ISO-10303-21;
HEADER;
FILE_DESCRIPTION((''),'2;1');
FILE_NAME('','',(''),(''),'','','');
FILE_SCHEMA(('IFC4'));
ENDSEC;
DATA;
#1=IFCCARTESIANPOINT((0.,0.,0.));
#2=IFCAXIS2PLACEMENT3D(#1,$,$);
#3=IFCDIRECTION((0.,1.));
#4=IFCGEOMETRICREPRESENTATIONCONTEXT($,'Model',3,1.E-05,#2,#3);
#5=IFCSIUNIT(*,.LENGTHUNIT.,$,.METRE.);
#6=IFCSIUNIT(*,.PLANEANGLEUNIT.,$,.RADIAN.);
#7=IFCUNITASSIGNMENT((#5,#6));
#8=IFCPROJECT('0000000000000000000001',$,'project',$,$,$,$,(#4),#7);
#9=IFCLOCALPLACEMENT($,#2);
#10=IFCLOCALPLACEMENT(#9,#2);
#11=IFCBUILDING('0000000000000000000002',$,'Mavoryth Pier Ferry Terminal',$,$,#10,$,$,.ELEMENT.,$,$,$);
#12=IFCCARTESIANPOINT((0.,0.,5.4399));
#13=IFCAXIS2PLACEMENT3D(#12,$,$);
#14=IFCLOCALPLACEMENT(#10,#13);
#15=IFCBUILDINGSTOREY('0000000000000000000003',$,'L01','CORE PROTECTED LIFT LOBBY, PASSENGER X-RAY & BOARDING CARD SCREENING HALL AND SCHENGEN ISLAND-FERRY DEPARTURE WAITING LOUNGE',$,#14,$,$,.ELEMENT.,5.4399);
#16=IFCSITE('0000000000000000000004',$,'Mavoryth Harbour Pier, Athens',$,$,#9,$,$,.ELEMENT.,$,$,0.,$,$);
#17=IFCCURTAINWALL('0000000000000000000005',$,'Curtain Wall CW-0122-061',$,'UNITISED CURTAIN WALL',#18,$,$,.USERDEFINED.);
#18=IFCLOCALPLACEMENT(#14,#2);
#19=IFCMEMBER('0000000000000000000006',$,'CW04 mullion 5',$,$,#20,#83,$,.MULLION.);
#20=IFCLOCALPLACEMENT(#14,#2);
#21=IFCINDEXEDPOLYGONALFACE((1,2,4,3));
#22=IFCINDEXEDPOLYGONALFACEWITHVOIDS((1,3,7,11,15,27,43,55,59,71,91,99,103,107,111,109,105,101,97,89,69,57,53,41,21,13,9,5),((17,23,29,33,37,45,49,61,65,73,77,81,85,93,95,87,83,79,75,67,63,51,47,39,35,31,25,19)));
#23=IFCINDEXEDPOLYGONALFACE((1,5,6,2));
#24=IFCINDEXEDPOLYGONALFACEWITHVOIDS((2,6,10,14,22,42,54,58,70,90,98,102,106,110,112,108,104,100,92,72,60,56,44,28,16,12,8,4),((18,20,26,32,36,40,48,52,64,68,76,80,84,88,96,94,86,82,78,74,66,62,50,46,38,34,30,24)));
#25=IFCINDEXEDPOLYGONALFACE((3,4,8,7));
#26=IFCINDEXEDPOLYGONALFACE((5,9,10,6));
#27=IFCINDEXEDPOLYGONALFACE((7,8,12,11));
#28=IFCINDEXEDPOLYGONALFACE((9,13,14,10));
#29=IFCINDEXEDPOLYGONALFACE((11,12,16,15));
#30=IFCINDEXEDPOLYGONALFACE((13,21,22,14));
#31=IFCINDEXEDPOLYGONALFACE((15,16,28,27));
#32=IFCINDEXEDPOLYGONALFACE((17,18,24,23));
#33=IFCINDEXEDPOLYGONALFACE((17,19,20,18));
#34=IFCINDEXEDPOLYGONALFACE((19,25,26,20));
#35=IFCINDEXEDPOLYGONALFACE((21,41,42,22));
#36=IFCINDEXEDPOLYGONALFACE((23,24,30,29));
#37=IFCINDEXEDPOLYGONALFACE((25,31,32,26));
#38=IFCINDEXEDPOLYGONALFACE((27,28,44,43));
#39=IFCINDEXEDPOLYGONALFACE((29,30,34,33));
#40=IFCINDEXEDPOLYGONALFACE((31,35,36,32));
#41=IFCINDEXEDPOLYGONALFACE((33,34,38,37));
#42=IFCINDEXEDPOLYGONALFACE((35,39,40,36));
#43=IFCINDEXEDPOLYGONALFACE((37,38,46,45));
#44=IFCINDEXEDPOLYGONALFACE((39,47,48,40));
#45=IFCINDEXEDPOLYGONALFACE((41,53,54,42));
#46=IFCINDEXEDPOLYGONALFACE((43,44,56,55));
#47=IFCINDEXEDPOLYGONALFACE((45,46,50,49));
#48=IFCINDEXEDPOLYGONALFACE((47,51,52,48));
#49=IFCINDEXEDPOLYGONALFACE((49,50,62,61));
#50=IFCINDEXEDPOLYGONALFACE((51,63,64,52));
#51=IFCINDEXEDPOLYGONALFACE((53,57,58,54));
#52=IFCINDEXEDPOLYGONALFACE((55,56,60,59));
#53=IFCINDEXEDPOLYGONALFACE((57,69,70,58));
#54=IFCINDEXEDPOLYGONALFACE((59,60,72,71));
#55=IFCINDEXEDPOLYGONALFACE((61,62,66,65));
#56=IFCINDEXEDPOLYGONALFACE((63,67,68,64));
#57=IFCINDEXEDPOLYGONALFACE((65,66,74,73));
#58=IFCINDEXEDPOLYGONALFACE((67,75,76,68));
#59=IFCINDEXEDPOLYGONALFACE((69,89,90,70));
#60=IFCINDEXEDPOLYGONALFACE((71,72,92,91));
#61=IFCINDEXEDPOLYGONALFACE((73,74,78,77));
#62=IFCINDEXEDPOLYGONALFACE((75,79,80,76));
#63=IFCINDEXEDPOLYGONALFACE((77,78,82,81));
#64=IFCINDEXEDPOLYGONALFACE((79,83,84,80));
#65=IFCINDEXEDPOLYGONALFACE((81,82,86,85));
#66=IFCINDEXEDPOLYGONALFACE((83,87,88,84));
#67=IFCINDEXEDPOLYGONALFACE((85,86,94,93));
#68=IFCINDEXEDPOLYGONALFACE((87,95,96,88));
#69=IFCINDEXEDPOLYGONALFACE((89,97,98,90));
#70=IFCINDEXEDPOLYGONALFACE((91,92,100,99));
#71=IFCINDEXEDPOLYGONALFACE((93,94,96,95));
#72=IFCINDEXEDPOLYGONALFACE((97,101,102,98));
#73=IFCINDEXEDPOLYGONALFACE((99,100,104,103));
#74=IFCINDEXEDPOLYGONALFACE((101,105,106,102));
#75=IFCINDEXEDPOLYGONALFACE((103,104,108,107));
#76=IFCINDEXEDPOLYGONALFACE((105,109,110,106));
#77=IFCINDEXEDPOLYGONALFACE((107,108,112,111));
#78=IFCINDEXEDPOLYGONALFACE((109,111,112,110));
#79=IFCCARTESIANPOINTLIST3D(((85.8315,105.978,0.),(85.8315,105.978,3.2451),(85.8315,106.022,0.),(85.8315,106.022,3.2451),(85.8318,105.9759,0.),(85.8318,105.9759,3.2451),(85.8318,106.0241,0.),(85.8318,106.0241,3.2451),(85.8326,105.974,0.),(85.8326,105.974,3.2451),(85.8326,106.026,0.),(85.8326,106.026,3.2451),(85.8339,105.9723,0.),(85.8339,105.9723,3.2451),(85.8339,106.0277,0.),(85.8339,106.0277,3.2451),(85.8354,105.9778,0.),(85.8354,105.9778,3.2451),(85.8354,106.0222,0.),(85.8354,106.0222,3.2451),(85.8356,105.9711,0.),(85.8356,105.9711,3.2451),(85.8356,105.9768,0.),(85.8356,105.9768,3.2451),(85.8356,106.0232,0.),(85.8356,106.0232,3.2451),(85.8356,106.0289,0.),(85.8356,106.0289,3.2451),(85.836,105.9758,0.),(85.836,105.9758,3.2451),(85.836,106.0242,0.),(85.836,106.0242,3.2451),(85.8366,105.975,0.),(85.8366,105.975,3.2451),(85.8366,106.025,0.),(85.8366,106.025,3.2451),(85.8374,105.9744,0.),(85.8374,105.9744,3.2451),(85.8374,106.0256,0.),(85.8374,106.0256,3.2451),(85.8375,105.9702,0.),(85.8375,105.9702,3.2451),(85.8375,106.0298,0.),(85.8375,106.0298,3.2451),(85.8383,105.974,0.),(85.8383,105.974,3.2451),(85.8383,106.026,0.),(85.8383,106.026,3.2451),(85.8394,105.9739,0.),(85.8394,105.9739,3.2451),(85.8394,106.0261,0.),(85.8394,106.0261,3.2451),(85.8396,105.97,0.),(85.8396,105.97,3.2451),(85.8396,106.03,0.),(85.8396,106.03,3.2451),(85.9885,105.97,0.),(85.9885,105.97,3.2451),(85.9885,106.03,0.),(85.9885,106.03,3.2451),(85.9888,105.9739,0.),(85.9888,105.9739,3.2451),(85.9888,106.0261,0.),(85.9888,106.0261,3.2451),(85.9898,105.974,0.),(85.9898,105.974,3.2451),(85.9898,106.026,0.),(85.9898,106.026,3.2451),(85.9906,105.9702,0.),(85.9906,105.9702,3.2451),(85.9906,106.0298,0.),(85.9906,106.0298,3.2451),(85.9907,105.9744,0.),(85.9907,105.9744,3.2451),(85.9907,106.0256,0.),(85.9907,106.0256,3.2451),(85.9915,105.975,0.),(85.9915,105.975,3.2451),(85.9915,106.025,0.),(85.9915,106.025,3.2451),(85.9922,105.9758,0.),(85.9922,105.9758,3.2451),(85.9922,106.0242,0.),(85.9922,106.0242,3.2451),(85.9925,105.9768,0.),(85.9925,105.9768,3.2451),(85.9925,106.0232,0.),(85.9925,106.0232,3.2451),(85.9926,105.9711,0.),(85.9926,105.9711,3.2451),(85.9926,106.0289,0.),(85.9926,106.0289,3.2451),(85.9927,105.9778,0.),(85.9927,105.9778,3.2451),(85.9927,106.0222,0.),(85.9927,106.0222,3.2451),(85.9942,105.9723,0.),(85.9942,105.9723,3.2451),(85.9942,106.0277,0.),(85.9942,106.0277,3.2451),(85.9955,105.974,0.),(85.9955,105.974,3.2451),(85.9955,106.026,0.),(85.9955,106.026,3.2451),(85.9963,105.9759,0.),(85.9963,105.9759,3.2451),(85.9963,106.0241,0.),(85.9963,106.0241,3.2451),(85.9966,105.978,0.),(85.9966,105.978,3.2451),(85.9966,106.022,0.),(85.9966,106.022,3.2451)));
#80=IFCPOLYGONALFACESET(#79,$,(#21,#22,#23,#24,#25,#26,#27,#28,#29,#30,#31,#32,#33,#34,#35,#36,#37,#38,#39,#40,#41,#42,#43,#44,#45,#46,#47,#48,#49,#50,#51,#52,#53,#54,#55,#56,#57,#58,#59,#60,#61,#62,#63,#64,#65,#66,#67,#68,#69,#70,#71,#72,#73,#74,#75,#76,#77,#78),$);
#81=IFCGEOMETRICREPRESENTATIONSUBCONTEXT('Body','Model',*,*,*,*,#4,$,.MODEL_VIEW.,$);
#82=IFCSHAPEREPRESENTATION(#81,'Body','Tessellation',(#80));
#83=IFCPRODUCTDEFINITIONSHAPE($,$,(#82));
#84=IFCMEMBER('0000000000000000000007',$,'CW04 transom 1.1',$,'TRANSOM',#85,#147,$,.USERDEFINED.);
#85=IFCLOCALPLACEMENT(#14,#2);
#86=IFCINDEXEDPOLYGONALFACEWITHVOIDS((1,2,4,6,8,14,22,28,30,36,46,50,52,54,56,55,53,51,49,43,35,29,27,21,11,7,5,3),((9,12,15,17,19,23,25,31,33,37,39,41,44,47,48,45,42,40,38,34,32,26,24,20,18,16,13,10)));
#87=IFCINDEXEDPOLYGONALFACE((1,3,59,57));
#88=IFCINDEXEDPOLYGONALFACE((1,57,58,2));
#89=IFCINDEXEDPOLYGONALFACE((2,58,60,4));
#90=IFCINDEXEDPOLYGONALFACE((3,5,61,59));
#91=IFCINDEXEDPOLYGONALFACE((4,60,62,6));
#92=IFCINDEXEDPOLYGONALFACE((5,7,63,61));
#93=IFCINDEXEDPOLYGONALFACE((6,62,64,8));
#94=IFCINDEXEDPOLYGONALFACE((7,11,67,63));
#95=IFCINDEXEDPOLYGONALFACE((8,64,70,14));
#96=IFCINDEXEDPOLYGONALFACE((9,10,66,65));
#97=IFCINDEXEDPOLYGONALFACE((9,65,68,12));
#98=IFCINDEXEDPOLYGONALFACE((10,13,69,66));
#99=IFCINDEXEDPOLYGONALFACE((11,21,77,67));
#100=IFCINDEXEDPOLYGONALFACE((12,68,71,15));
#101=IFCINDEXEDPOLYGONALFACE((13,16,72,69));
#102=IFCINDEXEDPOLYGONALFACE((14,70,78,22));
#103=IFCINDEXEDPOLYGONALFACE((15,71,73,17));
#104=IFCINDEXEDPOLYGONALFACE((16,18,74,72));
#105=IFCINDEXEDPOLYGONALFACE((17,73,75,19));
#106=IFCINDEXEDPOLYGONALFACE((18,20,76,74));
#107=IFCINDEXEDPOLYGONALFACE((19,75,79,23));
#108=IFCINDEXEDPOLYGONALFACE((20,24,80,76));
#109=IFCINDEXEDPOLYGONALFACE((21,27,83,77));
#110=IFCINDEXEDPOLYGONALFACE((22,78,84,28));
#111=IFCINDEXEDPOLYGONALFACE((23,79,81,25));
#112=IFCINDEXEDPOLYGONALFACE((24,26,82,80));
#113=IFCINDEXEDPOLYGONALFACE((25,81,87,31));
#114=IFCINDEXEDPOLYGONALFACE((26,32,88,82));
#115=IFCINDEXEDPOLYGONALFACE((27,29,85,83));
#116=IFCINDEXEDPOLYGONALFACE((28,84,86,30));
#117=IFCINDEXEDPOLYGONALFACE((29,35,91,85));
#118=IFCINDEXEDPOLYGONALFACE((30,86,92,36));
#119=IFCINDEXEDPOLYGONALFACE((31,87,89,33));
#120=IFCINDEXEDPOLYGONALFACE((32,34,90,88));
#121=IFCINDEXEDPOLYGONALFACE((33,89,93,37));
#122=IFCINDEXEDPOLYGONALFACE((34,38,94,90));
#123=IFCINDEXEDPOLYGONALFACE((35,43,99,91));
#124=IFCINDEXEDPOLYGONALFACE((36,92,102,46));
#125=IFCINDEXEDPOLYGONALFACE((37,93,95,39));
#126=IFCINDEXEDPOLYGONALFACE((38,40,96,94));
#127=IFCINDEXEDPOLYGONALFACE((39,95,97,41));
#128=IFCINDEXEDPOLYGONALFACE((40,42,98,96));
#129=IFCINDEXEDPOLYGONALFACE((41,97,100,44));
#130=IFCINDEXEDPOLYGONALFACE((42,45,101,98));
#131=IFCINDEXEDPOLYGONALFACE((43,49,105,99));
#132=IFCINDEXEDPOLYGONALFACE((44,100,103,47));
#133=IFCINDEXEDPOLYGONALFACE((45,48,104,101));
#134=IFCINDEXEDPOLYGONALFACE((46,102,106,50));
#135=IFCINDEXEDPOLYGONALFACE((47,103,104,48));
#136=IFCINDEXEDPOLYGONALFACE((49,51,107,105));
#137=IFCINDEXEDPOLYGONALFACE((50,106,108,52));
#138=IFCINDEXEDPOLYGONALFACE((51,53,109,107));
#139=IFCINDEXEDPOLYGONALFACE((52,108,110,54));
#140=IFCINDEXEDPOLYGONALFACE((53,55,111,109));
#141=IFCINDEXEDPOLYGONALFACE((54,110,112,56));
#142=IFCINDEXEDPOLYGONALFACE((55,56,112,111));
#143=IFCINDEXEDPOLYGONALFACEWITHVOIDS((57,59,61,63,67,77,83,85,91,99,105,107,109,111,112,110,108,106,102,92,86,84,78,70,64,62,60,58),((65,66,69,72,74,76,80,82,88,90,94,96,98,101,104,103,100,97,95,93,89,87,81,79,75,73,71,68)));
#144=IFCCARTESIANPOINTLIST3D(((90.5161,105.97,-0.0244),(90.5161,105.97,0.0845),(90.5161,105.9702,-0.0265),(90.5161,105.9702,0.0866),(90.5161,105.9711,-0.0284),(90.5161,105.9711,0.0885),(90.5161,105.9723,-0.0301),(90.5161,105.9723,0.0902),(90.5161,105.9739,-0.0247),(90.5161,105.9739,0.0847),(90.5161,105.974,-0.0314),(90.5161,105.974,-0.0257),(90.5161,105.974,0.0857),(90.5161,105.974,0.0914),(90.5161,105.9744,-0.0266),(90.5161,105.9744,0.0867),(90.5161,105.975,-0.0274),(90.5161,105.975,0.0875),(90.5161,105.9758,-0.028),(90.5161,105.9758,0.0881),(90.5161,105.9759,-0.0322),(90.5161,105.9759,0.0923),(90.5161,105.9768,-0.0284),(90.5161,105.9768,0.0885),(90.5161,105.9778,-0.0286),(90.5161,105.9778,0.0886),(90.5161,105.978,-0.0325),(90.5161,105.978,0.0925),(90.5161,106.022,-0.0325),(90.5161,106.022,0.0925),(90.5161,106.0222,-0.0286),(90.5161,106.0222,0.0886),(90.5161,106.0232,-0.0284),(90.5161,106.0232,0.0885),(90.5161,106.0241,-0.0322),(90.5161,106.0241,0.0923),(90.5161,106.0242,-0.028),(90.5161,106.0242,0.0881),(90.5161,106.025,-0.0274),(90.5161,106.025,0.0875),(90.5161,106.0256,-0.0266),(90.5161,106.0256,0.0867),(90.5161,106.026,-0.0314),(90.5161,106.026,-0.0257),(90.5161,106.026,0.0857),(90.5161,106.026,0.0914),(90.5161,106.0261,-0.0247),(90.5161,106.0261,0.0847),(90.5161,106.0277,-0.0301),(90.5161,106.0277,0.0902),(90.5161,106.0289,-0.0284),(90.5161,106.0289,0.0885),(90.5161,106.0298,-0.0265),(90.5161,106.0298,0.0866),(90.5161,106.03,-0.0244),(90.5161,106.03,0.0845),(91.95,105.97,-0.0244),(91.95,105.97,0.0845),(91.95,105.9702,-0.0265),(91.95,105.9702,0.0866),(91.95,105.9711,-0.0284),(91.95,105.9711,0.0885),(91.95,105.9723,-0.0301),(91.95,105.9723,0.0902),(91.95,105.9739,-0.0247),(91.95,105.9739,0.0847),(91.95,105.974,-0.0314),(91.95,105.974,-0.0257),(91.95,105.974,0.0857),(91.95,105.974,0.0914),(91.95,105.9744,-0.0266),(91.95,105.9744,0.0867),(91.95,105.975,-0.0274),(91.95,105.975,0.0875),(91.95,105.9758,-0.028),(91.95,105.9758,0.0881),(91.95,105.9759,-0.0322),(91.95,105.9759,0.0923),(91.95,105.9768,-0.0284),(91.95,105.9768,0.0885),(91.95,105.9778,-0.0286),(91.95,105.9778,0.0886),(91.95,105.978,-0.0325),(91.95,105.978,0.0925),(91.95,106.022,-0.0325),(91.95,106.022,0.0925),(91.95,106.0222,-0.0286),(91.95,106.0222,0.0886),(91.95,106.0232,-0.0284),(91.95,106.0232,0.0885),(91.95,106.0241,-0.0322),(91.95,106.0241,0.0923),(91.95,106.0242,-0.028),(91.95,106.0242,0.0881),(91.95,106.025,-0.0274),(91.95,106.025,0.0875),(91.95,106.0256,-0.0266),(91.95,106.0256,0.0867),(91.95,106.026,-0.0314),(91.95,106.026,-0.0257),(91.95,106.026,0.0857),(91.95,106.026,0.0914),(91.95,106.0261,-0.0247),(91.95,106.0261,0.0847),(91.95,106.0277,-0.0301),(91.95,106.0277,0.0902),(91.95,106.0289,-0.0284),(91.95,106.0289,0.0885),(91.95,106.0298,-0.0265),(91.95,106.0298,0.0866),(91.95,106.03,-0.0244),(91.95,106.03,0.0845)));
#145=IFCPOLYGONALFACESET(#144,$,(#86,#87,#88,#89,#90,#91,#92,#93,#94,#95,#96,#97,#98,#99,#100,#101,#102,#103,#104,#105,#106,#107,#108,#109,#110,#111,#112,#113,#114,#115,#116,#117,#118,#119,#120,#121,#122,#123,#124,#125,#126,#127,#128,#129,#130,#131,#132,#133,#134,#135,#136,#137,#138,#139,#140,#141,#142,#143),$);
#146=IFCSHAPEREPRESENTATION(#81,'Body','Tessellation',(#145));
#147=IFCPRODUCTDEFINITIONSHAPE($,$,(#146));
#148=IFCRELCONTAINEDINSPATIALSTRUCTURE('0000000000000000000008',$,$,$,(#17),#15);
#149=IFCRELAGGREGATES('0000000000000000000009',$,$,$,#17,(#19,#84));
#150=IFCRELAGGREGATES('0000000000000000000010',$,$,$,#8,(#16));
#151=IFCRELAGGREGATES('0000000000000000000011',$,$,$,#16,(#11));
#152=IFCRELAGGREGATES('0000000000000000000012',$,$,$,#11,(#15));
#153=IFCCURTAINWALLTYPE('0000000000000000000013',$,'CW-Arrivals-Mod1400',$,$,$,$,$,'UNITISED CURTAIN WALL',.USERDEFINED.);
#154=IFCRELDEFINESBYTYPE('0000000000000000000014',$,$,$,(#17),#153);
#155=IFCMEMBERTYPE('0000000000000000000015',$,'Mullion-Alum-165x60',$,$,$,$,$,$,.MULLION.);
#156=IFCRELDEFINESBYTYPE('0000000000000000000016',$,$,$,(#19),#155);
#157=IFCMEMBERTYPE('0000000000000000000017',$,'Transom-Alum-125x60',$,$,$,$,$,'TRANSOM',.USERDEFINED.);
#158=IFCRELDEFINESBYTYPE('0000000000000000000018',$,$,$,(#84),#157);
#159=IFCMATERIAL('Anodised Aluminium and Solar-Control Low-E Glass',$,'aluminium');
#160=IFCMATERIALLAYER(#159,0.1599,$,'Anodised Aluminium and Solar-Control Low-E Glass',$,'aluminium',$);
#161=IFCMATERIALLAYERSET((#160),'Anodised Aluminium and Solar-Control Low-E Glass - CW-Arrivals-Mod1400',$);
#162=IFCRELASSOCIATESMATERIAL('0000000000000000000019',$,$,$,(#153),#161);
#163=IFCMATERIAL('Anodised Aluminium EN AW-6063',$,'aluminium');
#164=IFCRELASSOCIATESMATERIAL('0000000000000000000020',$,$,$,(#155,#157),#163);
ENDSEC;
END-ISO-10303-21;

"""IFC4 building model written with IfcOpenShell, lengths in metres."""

from ifc_helpers import new_model, si_unit, direction, frame, origin, origin_2d, place, context, subcontext, project, spatial, hollow_rectangle, extrude, material, layer, layer_set, material_profile, profile_set, type_object, element, aggregate, save


model = new_model("IFC4")

# Units and contexts
model_context = context("Model", 3, precision=1e-05, world=origin(), true_north=direction((0.0, 1.0)))
body_context = subcontext(model_context, "Body", "Model", "MODEL_VIEW")
ifc_project = project(units=[si_unit("LENGTHUNIT", "METRE"), si_unit("PLANEANGLEUNIT", "RADIAN")], contexts=[model_context])

# Site, building, storey
site_placement = place(None, origin())
site = spatial("IfcSite", under=ifc_project, at=site_placement, Name="Mavoryth Harbour Pier, Athens", CompositionType="ELEMENT", RefElevation=0.0)
building_placement = place(site_placement, origin())
building = spatial("IfcBuilding", under=site, at=building_placement, Name="Mavoryth Pier Ferry Terminal", CompositionType="ELEMENT")
storey_placement = place(building_placement, frame((0.0, 0.0, 5.4399)))
storey = spatial("IfcBuildingStorey", under=building, at=storey_placement, Name="L01", Description="CORE PROTECTED LIFT LOBBY, PASSENGER X-RAY & BOARDING CARD SCREENING HALL AND SCHENGEN ISLAND-FERRY DEPARTURE WAITING LOUNGE", CompositionType="ELEMENT", Elevation=5.4399)

# Curtain wall, members
ifc_material_1 = material(Name="Anodised Aluminium and Solar-Control Low-E Glass", Category="aluminium")
ifc_layer_1 = layer(ifc_material_1, 0.1599, Name="Anodised Aluminium and Solar-Control Low-E Glass", Category="aluminium")
ifc_layer_set_1 = layer_set([ifc_layer_1], Name="Anodised Aluminium and Solar-Control Low-E Glass - CW-Arrivals-Mod1400")
curtain_wall_type = type_object("IfcCurtainWallType", Name="CW-Arrivals-Mod1400", ElementType="UNITISED CURTAIN WALL", PredefinedType="USERDEFINED", material=ifc_layer_set_1)
curtain_wall_placement = place(storey_placement, origin())
curtain_wall = element("IfcCurtainWall", 1, at=curtain_wall_placement, inside=storey, type_object=curtain_wall_type, Name="Curtain Wall CW-0122-061", ObjectType="UNITISED CURTAIN WALL", PredefinedType="USERDEFINED")
ifc_material_2 = material(Name="Anodised Aluminium EN AW-6063", Category="aluminium")
ifc_material_profile_1 = material_profile(ifc_material_2, hollow_rectangle(XDim=0.0601, YDim=0.165, WallThickness=0.0039, InnerFilletRadius=0.0039, OuterFilletRadius=0.0081, at=origin_2d()), Name="AL-MULL 165x60x4", Category="aluminium")
ifc_profile_set_1 = profile_set([ifc_material_profile_1], Name="Anodised Aluminium EN AW-6063 - AL-MULL 165x60x4")
member_type_1 = type_object("IfcMemberType", Name="Mullion-Alum-165x60", PredefinedType="MULLION", material=ifc_profile_set_1)
member_1_placement = place(storey_placement, frame((85.9141, 106.0, 0.0), z_axis=(0.0, 0.0, 1.0), x_axis=(0.0, -1.0, 0.0)))
member_1 = element("IfcMember", 2, at=member_1_placement, type_object=member_type_1, Name="CW04 mullion 5", PredefinedType="MULLION", context=body_context, shape_type="SweptSolid", body=[
    extrude(hollow_rectangle(XDim=0.0601, YDim=0.165, WallThickness=0.0039, InnerFilletRadius=0.0039, OuterFilletRadius=0.0081, at=origin_2d()), origin(), (0.0, 0.0, 1.0), 3.2451),
])
ifc_material_profile_2 = material_profile(ifc_material_2, hollow_rectangle(XDim=0.0601, YDim=0.125, WallThickness=0.0039, InnerFilletRadius=0.0039, OuterFilletRadius=0.0081, at=origin_2d()), Name="AL-TRAN 125x60x4", Category="aluminium")
ifc_profile_set_2 = profile_set([ifc_material_profile_2], Name="Anodised Aluminium EN AW-6063 - AL-TRAN 125x60x4")
member_type_2 = type_object("IfcMemberType", Name="Transom-Alum-125x60", ElementType="TRANSOM", PredefinedType="USERDEFINED", material=ifc_profile_set_2)
member_2_placement = place(storey_placement, frame((91.95, 106.0, 0.03), z_axis=(-1.0, 0.0, 0.0), x_axis=(0.0, -1.0, 0.0)))
member_2 = element("IfcMember", 3, at=member_2_placement, type_object=member_type_2, Name="CW04 transom 1.1", ObjectType="TRANSOM", PredefinedType="USERDEFINED", context=body_context, shape_type="SweptSolid", body=[
    extrude(hollow_rectangle(XDim=0.0601, YDim=0.125, WallThickness=0.0039, InnerFilletRadius=0.0039, OuterFilletRadius=0.0081, at=origin_2d()), origin(), (0.0, 0.0, 1.0), 1.4338),
])
aggregate(curtain_wall, [member_1, member_2])

save(model, "model.ifc")
